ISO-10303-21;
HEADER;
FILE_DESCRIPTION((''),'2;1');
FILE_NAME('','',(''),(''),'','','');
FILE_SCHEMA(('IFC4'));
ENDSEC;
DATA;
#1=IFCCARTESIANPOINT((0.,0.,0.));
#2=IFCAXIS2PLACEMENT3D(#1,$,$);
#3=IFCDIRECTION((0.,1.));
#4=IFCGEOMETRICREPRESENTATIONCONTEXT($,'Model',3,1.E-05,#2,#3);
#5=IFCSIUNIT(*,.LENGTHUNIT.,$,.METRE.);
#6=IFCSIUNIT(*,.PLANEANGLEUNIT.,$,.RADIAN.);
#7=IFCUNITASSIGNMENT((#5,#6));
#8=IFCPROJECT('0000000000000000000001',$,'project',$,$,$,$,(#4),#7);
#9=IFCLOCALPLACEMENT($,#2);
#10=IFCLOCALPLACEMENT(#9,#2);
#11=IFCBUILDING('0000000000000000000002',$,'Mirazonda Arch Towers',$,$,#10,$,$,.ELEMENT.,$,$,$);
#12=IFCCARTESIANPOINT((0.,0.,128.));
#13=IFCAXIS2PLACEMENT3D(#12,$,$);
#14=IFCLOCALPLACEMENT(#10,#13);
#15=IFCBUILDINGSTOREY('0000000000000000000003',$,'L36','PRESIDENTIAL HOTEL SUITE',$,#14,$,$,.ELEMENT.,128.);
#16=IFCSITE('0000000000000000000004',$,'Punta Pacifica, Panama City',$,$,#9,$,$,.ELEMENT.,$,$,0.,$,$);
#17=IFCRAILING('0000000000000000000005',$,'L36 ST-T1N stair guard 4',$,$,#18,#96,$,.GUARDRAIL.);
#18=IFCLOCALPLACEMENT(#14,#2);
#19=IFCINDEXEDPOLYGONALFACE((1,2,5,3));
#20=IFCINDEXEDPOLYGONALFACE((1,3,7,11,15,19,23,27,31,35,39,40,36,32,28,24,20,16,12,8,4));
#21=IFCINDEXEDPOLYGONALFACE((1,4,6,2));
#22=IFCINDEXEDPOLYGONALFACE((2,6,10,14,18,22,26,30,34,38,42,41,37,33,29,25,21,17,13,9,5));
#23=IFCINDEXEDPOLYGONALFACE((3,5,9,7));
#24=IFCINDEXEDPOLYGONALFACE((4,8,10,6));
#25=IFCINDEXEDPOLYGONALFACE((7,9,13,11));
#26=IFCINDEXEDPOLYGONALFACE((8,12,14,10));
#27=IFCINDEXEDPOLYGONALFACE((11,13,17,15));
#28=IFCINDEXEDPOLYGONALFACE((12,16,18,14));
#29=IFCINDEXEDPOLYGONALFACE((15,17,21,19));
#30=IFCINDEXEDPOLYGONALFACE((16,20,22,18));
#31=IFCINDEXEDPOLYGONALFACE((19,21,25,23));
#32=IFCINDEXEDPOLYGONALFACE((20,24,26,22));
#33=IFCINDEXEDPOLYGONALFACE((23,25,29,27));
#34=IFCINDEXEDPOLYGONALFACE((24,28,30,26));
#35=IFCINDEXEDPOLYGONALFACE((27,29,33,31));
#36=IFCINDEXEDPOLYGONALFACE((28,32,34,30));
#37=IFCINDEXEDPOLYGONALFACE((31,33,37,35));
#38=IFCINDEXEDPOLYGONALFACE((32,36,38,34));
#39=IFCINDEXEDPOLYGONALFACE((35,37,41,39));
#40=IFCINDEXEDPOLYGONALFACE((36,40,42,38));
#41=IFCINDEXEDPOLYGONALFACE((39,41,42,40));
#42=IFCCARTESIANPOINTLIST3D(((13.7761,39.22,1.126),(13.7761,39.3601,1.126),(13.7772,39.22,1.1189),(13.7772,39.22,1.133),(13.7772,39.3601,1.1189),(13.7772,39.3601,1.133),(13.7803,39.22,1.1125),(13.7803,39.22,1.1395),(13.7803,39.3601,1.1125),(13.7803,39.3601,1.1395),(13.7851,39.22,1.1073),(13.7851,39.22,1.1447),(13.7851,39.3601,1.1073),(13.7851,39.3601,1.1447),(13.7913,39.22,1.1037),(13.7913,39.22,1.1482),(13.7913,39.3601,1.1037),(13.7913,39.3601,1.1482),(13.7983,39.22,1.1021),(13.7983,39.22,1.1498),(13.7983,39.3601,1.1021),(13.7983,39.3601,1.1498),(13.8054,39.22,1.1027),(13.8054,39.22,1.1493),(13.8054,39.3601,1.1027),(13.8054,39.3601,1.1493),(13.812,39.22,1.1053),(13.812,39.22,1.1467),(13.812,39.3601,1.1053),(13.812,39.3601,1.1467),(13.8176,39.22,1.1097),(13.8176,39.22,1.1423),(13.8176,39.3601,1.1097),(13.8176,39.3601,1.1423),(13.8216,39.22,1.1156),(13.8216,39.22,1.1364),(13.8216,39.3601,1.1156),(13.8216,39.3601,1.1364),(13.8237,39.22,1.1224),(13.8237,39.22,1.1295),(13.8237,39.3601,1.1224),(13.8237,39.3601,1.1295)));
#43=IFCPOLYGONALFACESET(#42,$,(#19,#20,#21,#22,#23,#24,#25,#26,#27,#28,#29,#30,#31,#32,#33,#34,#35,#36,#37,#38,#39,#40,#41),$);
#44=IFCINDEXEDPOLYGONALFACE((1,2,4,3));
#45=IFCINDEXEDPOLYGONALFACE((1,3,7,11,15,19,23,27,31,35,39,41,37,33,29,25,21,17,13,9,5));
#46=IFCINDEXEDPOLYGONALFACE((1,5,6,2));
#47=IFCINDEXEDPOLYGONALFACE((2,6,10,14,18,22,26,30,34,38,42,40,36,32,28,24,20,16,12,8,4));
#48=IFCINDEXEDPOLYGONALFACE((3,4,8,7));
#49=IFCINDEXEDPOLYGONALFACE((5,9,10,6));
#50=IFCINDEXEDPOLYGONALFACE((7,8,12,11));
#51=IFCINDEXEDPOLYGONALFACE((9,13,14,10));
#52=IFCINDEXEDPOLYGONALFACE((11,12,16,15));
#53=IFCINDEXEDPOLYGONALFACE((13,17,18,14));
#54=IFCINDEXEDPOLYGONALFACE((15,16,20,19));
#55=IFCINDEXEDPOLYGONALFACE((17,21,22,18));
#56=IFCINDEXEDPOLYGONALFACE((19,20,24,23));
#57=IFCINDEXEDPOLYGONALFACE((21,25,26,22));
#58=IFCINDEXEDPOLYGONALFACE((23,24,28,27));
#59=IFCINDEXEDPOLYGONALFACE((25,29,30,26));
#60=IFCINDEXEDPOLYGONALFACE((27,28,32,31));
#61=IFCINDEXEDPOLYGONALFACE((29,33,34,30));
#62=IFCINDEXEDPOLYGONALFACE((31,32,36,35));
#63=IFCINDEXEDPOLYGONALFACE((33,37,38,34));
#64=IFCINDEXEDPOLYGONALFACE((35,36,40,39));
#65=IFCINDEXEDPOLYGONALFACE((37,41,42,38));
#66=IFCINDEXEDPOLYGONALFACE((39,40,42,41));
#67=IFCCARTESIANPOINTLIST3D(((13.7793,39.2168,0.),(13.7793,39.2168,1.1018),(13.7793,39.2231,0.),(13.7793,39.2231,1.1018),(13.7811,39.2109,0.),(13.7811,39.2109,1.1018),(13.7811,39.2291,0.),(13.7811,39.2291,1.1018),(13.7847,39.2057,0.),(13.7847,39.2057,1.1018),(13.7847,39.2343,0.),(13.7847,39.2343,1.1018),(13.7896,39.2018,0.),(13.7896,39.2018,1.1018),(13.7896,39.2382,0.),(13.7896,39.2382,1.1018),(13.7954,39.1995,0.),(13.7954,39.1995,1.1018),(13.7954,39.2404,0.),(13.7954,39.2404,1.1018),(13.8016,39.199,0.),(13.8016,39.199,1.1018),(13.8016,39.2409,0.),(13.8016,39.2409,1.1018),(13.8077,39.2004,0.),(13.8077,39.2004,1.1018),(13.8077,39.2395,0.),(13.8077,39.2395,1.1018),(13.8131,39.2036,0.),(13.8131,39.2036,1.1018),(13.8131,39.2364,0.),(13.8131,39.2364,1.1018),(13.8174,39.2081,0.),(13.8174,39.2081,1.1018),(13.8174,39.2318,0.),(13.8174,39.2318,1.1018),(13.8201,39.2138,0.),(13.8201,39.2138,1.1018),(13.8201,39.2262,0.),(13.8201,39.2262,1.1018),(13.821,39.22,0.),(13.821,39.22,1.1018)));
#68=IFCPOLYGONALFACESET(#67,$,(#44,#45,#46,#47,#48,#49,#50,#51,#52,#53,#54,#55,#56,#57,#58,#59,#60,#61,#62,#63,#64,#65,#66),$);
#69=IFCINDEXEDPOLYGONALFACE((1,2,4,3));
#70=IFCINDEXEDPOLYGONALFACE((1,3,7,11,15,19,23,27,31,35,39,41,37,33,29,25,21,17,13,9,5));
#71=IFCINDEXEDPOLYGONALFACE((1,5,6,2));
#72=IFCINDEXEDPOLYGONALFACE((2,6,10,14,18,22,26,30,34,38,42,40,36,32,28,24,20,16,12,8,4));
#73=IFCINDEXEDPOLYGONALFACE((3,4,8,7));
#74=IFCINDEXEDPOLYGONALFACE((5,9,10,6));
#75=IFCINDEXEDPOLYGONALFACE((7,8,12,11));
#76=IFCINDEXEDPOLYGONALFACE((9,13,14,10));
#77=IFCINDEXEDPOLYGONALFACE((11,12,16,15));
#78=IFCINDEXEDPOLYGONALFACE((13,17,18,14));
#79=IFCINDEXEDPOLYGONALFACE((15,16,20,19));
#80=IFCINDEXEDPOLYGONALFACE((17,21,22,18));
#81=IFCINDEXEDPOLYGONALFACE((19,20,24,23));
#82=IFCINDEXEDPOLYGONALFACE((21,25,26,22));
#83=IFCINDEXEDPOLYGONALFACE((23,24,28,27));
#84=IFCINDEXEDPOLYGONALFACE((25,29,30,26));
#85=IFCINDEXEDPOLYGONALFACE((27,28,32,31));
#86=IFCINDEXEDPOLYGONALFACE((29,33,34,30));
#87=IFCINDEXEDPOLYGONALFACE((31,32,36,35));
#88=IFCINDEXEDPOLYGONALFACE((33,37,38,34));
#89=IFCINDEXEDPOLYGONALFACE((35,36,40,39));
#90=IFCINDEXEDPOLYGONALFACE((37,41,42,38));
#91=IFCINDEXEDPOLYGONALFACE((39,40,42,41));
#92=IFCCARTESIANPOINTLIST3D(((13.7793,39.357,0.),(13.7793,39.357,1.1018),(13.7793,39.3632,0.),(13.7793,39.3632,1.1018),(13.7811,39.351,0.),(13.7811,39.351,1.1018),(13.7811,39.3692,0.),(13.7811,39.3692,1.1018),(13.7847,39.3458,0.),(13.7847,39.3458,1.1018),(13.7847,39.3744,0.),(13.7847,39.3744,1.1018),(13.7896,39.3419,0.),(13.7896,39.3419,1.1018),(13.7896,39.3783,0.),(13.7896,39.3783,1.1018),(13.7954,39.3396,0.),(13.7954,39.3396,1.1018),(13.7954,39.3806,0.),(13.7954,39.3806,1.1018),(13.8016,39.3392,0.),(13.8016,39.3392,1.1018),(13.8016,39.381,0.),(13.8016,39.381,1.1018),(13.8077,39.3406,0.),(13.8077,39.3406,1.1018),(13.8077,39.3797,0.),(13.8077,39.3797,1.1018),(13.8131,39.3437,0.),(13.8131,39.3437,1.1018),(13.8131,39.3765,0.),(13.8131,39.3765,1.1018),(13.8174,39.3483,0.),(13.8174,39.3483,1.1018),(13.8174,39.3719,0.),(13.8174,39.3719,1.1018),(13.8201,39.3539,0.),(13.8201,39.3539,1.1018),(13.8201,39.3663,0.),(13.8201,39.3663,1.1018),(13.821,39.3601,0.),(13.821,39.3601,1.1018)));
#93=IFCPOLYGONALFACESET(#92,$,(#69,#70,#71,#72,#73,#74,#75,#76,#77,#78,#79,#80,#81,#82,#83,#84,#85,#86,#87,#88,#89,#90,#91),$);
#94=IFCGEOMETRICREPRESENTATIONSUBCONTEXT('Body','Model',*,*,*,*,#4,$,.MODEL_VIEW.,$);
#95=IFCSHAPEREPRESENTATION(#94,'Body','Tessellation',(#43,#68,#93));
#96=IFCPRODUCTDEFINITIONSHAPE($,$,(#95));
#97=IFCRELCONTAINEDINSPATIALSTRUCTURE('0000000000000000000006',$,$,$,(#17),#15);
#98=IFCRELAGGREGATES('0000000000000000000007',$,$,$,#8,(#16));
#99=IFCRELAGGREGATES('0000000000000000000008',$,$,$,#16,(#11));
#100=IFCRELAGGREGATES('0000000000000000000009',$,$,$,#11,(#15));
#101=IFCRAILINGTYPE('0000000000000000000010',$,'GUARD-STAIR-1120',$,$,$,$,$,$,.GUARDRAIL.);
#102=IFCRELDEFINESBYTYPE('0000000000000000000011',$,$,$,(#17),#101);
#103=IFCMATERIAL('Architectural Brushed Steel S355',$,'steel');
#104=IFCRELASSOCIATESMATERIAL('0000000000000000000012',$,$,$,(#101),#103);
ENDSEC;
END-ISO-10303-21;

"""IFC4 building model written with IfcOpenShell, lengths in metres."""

from ifc_helpers import new_model, si_unit, direction, frame, origin, origin_2d, place, context, subcontext, project, spatial, circle, extrude, material, type_object, element, save


model = new_model("IFC4")

# Units and contexts
model_context = context("Model", 3, precision=1e-05, world=origin(), true_north=direction((0.0, 1.0)))
body_context = subcontext(model_context, "Body", "Model", "MODEL_VIEW")
ifc_project = project(units=[si_unit("LENGTHUNIT", "METRE"), si_unit("PLANEANGLEUNIT", "RADIAN")], contexts=[model_context])

# Site, building, storey
site_placement = place(None, origin())
site = spatial("IfcSite", under=ifc_project, at=site_placement, Name="Punta Pacifica, Panama City", CompositionType="ELEMENT", RefElevation=0.0)
building_placement = place(site_placement, origin())
building = spatial("IfcBuilding", under=site, at=building_placement, Name="Mirazonda Arch Towers", CompositionType="ELEMENT")
storey_placement = place(building_placement, frame((0.0, 0.0, 128.0)))
storey = spatial("IfcBuildingStorey", under=building, at=storey_placement, Name="L36", Description="PRESIDENTIAL HOTEL SUITE", CompositionType="ELEMENT", Elevation=128.0)

# Shared definitions
ifc_material_1 = material(Name="Architectural Brushed Steel S355", Category="steel")

# Railing
railing_type_1 = type_object("IfcRailingType", Name="GUARD-STAIR-1120", PredefinedType="GUARDRAIL", material=ifc_material_1)
railing_1_placement = place(storey_placement, frame((13.8, 39.22, 0.0)))
element("IfcRailing", 1, at=railing_1_placement, inside=storey, type_object=railing_type_1, Name="L36 ST-T1N stair guard 4", PredefinedType="GUARDRAIL", context=body_context, shape_type="SweptSolid", body=[
    extrude(circle(Radius=0.0239, at=origin_2d()), frame((0.0, 0.0, 1.126), z_axis=(0.0, 1.0, 0.0), x_axis=(-1.0, 0.0, 0.0)), (0.0, 0.0, 1.0), 0.1401),
    extrude(circle(Radius=0.021, at=origin_2d()), origin(), (0.0, 0.0, 1.0), 1.1018),
    extrude(circle(Radius=0.021, at=origin_2d()), frame((0.0, 0.1401, 0.0)), (0.0, 0.0, 1.0), 1.1018),
])

save(model, "model.ifc")
